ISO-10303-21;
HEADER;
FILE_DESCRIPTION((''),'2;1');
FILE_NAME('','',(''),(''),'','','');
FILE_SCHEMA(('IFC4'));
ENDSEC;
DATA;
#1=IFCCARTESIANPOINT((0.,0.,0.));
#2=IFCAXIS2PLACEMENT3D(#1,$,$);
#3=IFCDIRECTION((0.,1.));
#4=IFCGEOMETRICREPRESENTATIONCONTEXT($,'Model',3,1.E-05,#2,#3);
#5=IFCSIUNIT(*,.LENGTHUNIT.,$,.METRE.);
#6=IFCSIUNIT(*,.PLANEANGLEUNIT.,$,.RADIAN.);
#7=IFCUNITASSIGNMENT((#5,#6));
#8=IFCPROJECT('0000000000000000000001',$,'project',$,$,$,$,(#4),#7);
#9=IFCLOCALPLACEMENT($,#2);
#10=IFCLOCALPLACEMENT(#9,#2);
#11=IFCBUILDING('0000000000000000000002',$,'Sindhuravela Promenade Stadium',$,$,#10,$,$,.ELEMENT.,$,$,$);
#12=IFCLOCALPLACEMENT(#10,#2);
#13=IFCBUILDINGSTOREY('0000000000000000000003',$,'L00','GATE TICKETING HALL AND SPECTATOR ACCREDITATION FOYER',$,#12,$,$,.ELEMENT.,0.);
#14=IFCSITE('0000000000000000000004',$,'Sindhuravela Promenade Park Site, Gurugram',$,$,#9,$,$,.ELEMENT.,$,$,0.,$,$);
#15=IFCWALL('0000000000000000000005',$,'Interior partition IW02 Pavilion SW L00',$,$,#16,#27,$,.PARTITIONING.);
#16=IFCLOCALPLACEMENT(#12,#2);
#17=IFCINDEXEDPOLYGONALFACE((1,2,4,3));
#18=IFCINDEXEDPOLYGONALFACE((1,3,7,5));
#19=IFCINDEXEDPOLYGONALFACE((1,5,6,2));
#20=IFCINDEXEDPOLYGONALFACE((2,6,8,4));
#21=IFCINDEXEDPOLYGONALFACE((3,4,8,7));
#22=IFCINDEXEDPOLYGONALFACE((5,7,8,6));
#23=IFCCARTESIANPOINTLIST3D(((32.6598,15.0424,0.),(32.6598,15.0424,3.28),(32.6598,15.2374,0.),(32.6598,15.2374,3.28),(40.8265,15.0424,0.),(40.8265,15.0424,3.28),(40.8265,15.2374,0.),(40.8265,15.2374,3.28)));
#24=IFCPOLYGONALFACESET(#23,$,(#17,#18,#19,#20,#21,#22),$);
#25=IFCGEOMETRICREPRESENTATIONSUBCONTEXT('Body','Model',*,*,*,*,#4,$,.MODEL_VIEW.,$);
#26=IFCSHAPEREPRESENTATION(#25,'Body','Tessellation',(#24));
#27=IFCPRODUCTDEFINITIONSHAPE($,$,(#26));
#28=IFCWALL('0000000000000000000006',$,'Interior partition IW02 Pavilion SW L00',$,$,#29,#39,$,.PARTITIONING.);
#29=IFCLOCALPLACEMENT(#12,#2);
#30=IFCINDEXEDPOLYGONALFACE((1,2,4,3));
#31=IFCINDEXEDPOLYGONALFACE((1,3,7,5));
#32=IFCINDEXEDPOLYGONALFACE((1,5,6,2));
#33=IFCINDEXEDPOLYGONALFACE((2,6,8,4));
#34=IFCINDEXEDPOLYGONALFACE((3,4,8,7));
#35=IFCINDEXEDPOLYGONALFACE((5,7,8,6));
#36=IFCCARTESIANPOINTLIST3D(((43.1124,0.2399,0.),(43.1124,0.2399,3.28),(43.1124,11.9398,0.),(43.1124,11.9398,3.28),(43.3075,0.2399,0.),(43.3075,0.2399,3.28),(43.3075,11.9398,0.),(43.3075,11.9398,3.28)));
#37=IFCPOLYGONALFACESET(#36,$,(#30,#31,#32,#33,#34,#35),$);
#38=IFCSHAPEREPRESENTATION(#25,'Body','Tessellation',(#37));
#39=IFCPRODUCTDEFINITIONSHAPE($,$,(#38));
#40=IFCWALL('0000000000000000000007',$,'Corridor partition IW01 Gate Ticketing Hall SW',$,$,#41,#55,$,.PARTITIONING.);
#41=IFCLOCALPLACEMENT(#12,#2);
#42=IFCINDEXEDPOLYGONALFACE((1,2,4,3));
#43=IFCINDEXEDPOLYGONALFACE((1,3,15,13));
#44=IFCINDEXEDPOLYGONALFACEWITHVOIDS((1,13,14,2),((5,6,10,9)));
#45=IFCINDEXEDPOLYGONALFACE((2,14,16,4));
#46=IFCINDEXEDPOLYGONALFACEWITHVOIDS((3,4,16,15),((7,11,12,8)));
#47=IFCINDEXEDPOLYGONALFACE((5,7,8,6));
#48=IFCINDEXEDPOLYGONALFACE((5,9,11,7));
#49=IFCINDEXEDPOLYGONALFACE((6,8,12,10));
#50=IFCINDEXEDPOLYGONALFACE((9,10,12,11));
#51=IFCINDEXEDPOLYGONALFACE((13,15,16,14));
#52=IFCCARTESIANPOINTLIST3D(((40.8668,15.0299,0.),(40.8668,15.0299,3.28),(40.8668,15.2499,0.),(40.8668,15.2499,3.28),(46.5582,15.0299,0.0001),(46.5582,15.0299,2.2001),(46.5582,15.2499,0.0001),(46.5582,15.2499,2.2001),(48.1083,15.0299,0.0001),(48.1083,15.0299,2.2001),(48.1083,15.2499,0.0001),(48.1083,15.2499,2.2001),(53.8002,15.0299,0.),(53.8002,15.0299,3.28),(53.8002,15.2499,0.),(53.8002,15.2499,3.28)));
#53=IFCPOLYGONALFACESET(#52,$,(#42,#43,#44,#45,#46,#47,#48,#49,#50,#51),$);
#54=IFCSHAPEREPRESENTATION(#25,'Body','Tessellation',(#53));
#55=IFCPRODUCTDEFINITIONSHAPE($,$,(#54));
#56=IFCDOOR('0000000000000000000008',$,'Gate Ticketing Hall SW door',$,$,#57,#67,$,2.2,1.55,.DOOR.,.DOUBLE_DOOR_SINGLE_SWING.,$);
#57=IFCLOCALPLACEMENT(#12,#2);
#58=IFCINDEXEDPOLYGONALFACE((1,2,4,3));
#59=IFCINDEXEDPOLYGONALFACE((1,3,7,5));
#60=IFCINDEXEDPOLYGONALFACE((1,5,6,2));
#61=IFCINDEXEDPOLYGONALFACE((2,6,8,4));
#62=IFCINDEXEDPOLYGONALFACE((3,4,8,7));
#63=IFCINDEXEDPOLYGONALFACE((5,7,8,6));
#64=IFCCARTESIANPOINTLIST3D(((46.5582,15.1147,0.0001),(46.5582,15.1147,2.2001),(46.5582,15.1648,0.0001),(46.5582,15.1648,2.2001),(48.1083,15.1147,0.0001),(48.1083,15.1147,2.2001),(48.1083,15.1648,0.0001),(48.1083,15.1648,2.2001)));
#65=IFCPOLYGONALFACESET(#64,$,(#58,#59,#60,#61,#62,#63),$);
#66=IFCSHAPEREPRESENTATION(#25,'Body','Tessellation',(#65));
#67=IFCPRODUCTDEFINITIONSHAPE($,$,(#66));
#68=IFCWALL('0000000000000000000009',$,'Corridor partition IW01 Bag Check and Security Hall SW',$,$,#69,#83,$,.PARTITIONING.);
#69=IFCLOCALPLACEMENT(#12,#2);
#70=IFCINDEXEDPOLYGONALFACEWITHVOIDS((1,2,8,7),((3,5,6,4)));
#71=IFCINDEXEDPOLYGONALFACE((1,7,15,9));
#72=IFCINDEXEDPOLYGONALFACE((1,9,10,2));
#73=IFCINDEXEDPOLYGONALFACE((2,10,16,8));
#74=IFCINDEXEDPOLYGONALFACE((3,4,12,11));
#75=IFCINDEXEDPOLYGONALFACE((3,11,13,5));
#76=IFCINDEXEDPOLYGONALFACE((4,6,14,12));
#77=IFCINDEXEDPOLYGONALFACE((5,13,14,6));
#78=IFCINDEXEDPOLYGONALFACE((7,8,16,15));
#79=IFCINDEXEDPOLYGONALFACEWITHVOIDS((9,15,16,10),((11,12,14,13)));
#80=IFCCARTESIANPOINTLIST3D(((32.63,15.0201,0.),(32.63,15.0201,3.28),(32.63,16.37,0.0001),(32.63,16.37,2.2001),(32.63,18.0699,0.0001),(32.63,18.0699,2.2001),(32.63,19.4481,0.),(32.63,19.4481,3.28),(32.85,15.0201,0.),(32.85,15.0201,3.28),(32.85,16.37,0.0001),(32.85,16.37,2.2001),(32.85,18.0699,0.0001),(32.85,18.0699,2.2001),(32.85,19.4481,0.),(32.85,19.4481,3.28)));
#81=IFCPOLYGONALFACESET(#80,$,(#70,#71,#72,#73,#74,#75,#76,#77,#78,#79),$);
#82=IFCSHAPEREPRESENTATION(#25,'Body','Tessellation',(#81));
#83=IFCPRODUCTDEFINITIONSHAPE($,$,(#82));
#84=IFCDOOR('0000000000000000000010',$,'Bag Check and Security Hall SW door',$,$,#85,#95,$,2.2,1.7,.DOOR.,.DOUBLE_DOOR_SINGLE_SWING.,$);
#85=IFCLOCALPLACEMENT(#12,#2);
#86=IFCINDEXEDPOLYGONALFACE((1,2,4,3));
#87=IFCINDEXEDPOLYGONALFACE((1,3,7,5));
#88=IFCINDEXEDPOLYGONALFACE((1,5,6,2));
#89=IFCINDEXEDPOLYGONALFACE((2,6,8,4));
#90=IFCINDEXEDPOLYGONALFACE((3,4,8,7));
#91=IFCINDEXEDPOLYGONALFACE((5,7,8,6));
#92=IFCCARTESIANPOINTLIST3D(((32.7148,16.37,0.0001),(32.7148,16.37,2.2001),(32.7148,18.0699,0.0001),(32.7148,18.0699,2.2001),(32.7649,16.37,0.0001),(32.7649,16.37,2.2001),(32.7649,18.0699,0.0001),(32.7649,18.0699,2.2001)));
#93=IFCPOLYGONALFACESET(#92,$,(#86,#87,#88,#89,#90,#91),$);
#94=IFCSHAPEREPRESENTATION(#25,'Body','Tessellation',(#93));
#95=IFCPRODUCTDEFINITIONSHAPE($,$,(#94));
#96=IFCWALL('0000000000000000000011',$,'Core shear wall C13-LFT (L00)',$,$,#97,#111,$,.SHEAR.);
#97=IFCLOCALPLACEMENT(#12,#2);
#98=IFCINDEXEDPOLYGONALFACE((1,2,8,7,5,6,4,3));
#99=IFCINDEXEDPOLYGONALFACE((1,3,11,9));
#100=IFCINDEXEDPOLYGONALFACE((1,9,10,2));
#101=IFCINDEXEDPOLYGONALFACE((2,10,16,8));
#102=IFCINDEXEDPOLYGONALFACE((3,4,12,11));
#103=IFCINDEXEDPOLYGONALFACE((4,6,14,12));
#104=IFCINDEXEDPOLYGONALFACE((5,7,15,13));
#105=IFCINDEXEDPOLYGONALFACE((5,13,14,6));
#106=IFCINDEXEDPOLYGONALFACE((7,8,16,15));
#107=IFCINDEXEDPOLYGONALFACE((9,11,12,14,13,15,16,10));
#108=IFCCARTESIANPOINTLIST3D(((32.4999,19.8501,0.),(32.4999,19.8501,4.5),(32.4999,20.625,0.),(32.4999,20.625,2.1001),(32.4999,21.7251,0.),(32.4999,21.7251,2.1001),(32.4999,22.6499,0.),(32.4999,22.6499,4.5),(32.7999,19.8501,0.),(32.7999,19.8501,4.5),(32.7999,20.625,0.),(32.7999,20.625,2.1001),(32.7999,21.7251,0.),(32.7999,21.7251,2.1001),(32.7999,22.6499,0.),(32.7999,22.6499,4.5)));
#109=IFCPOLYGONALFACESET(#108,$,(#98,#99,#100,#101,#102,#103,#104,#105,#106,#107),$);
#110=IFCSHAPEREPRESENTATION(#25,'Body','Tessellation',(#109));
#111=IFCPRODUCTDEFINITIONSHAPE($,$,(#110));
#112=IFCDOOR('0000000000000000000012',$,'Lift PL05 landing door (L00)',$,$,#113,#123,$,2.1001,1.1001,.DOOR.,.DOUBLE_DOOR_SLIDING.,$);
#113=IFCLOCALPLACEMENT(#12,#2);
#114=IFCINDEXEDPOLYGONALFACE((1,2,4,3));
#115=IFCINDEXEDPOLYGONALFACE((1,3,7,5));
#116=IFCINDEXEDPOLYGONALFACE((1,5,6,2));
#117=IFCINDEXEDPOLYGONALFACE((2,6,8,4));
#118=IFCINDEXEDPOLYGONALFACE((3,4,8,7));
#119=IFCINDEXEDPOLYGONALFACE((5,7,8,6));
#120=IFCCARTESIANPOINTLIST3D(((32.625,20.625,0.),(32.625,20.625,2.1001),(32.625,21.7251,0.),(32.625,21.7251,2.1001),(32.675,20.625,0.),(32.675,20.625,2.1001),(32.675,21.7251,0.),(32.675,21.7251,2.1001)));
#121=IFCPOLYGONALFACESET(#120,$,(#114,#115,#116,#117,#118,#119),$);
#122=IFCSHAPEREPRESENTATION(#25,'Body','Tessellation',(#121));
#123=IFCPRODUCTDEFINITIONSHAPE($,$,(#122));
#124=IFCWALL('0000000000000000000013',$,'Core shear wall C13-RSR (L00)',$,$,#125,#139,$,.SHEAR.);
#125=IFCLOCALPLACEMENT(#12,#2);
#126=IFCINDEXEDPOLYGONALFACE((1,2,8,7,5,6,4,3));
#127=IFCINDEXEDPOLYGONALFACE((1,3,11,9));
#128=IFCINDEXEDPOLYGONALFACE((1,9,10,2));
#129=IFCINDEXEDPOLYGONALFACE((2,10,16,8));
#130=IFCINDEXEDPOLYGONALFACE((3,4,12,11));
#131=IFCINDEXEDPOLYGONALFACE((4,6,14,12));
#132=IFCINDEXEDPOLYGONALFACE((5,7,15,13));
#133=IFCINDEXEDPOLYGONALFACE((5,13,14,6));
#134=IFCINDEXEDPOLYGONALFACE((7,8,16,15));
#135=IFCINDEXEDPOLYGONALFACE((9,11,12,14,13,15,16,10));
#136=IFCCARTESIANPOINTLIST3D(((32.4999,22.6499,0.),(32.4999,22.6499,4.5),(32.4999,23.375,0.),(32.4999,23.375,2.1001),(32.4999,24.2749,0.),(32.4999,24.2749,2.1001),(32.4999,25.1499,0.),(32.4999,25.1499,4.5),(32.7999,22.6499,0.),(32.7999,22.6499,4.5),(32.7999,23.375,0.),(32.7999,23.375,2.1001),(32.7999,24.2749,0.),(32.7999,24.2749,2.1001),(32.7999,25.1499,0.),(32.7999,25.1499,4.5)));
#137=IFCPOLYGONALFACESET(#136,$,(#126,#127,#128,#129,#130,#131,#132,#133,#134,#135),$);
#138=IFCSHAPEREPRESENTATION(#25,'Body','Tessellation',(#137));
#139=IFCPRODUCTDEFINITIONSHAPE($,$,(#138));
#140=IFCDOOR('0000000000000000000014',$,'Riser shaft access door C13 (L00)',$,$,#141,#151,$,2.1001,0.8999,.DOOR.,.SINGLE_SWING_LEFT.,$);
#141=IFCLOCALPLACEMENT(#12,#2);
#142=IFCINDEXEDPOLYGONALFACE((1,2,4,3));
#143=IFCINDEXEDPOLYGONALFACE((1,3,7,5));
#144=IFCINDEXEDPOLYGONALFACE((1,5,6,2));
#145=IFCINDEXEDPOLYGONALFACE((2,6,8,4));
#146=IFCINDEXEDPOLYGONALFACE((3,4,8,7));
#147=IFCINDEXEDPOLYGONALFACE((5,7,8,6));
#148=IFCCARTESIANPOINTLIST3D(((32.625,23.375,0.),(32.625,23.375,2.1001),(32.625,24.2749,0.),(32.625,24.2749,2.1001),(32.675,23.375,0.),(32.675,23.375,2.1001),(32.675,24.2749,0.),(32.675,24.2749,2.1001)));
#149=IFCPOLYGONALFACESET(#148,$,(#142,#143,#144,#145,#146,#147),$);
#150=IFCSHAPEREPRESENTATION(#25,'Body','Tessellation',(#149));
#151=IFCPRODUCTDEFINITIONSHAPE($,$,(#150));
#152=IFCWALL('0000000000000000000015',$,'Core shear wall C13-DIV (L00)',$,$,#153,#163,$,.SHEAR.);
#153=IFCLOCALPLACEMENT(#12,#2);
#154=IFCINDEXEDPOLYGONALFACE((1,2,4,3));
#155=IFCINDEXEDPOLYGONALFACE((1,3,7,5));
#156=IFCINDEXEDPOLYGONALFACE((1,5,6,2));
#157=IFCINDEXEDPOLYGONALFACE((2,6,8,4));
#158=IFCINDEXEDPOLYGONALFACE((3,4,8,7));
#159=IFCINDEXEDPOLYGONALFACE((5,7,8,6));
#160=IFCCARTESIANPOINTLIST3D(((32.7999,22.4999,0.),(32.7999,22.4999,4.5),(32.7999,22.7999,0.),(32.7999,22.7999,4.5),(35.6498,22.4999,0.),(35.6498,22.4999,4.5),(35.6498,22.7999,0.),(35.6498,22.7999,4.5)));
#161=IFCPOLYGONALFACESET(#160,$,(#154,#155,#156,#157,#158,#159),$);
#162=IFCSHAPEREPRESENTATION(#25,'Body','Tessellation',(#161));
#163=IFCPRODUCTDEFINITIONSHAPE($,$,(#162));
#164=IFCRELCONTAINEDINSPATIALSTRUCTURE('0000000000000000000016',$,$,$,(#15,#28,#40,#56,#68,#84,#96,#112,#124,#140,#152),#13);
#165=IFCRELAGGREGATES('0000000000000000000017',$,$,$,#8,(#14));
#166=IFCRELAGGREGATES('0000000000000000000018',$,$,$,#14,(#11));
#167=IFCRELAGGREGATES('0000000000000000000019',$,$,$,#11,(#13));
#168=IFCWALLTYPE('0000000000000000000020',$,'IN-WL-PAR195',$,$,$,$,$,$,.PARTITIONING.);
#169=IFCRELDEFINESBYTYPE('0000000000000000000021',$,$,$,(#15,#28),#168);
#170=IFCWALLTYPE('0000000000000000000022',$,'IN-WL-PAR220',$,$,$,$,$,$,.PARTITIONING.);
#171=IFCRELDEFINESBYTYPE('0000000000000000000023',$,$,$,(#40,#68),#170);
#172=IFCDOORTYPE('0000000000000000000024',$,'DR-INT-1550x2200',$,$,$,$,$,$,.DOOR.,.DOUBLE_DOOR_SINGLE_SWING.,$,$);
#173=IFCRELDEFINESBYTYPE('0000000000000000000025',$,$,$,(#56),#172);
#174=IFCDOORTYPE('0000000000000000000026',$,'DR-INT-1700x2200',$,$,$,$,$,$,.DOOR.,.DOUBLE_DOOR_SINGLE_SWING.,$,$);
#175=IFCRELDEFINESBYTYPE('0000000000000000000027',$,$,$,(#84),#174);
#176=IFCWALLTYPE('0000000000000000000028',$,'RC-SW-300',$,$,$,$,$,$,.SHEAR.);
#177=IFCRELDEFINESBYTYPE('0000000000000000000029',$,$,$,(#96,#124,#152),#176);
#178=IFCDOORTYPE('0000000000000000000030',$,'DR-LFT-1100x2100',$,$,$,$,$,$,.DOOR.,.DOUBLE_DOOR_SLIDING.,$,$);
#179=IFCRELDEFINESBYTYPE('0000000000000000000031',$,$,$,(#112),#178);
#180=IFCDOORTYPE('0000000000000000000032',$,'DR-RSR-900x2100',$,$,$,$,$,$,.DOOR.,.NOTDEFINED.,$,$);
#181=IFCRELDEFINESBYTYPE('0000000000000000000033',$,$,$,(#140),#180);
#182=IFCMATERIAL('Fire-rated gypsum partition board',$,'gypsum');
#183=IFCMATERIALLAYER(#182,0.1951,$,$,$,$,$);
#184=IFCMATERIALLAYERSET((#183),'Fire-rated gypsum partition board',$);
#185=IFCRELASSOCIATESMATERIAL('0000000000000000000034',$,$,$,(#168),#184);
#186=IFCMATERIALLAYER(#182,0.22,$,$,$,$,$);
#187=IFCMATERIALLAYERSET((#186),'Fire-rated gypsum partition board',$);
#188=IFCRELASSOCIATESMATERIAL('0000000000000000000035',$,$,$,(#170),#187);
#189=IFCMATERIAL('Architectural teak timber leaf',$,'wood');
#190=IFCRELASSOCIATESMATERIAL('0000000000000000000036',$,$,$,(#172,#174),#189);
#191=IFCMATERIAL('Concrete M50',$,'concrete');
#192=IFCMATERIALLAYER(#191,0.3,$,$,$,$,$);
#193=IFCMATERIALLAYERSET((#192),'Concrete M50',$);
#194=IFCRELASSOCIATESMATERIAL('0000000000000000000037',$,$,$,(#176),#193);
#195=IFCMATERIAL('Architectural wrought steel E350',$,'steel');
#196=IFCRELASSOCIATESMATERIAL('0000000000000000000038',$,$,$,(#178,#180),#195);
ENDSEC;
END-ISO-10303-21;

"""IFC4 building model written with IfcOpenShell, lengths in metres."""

from ifc_helpers import new_model, si_unit, direction, frame, frame_2d, origin, place, context, subcontext, project, spatial, rectangle, extrude, material, layer, layer_set, type_object, element, fill, save


model = new_model("IFC4")

# Units and contexts
model_context = context("Model", 3, precision=1e-05, world=origin(), true_north=direction((0.0, 1.0)))
body_context = subcontext(model_context, "Body", "Model", "MODEL_VIEW")
ifc_project = project(units=[si_unit("LENGTHUNIT", "METRE"), si_unit("PLANEANGLEUNIT", "RADIAN")], contexts=[model_context])

# Site, building, storey
site_placement = place(None, origin())
site = spatial("IfcSite", under=ifc_project, at=site_placement, Name="Sindhuravela Promenade Park Site, Gurugram", CompositionType="ELEMENT", RefElevation=0.0)
building_placement = place(site_placement, origin())
building = spatial("IfcBuilding", under=site, at=building_placement, Name="Sindhuravela Promenade Stadium", CompositionType="ELEMENT")
storey_placement = place(building_placement, origin())
storey = spatial("IfcBuildingStorey", under=building, at=storey_placement, Name="L00", Description="GATE TICKETING HALL AND SPECTATOR ACCREDITATION FOYER", CompositionType="ELEMENT", Elevation=0.0)

# Shared definitions
ifc_material_1 = material(Name="Concrete M50", Category="concrete")

# Shared definitions
ifc_material_2 = material(Name="Fire-rated gypsum partition board", Category="gypsum")
ifc_material_3 = material(Name="Architectural teak timber leaf", Category="wood")

# Walls
ifc_layer_1 = layer(ifc_material_2, 0.1951)
ifc_layer_set_1 = layer_set([ifc_layer_1], Name="Fire-rated gypsum partition board")
wall_type_1 = type_object("IfcWallType", Name="IN-WL-PAR195", PredefinedType="PARTITIONING", material=ifc_layer_set_1)
wall_1_placement = place(storey_placement, frame((40.8267, 15.1399, 0.0), z_axis=(0.0, 0.0, 1.0), x_axis=(-1.0, 0.0, 0.0)))
element("IfcWall", 1, at=wall_1_placement, inside=storey, type_object=wall_type_1, Name="Interior partition IW02 Pavilion SW L00", PredefinedType="PARTITIONING", context=body_context, shape_type="SweptSolid", body=[
    extrude(rectangle(XDim=8.1667, YDim=0.1951, at=frame_2d((4.0835, 0.0))), origin(), (0.0, 0.0, 1.0), 3.28),
])
wall_2_placement = place(storey_placement, frame((43.21, 11.9399, 0.0), z_axis=(0.0, 0.0, 1.0), x_axis=(0.0, -1.0, 0.0)))
element("IfcWall", 2, at=wall_2_placement, inside=storey, type_object=wall_type_1, Name="Interior partition IW02 Pavilion SW L00", PredefinedType="PARTITIONING", context=body_context, shape_type="SweptSolid", body=[
    extrude(rectangle(XDim=11.7, YDim=0.1951, at=frame_2d((5.8501, 0.0))), origin(), (0.0, 0.0, 1.0), 3.28),
])

# Walls, openings, doors
ifc_layer_2 = layer(ifc_material_2, 0.22)
ifc_layer_set_2 = layer_set([ifc_layer_2], Name="Fire-rated gypsum partition board")
wall_type_2 = type_object("IfcWallType", Name="IN-WL-PAR220", PredefinedType="PARTITIONING", material=ifc_layer_set_2)
wall_3_placement = place(storey_placement, frame((40.8667, 15.1399, 0.0), z_axis=(0.0, 0.0, 1.0), x_axis=(1.0, 0.0, 0.0)))
wall_3 = element("IfcWall", 3, at=wall_3_placement, inside=storey, type_object=wall_type_2, Name="Corridor partition IW01 Gate Ticketing Hall SW", PredefinedType="PARTITIONING", context=body_context, shape_type="SweptSolid", body=[
    extrude(rectangle(XDim=12.9333, YDim=0.22, at=frame_2d((6.4668, 0.0))), origin(), (0.0, 0.0, 1.0), 3.28),
])
opening_1_placement = place(wall_3_placement, frame((5.6917, 0.0, 0.0)))
opening_1 = element("IfcOpeningElement", 4, at=opening_1_placement, cuts=wall_3, PredefinedType="OPENING", context=body_context, shape_type="SweptSolid", body=[
    extrude(rectangle(XDim=1.55, YDim=2.2, at=frame_2d((0.7749, 1.1001))), frame((0.0, 0.1199, 0.0), z_axis=(0.0, -1.0, 0.0), x_axis=(1.0, 0.0, 0.0)), (0.0, 0.0, 1.0), 0.24),
])
door_type_1 = type_object("IfcDoorType", Name="DR-INT-1550x2200", OperationType="DOUBLE_DOOR_SINGLE_SWING", PredefinedType="DOOR", material=ifc_material_3)
door_1_placement = place(opening_1_placement, origin())
door_1 = element("IfcDoor", 5, at=door_1_placement, inside=storey, type_object=door_type_1, Name="Gate Ticketing Hall SW door", OperationType="DOUBLE_DOOR_SINGLE_SWING", OverallHeight=2.2, OverallWidth=1.55, PredefinedType="DOOR", context=body_context, shape_type="SweptSolid", body=[
    extrude(rectangle(XDim=1.55, YDim=2.2, at=frame_2d((0.7749, 1.1001))), frame((0.0, 0.0249, 0.0), z_axis=(0.0, -1.0, 0.0), x_axis=(1.0, 0.0, 0.0)), (0.0, 0.0, 1.0), 0.05),
])
fill(opening_1, door_1)
wall_4_placement = place(storey_placement, frame((32.74, 19.448, 0.0), z_axis=(0.0, 0.0, 1.0), x_axis=(0.0, -1.0, 0.0)))
wall_4 = element("IfcWall", 6, at=wall_4_placement, inside=storey, type_object=wall_type_2, Name="Corridor partition IW01 Bag Check and Security Hall SW", PredefinedType="PARTITIONING", context=body_context, shape_type="SweptSolid", body=[
    extrude(rectangle(XDim=4.428, YDim=0.22, at=frame_2d((2.2139, 0.0))), origin(), (0.0, 0.0, 1.0), 3.28),
])
opening_2_placement = place(wall_4_placement, frame((1.3779, 0.0, 0.0)))
opening_2 = element("IfcOpeningElement", 7, at=opening_2_placement, cuts=wall_4, PredefinedType="OPENING", context=body_context, shape_type="SweptSolid", body=[
    extrude(rectangle(XDim=1.7, YDim=2.2, at=frame_2d((0.8501, 1.1001))), frame((0.0, 0.1199, 0.0), z_axis=(0.0, -1.0, 0.0), x_axis=(1.0, 0.0, 0.0)), (0.0, 0.0, 1.0), 0.24),
])
door_type_2 = type_object("IfcDoorType", Name="DR-INT-1700x2200", OperationType="DOUBLE_DOOR_SINGLE_SWING", PredefinedType="DOOR", material=ifc_material_3)
door_2_placement = place(opening_2_placement, origin())
door_2 = element("IfcDoor", 8, at=door_2_placement, inside=storey, type_object=door_type_2, Name="Bag Check and Security Hall SW door", OperationType="DOUBLE_DOOR_SINGLE_SWING", OverallHeight=2.2, OverallWidth=1.7, PredefinedType="DOOR", context=body_context, shape_type="SweptSolid", body=[
    extrude(rectangle(XDim=1.7, YDim=2.2, at=frame_2d((0.8501, 1.1001))), frame((0.0, 0.0249, 0.0), z_axis=(0.0, -1.0, 0.0), x_axis=(1.0, 0.0, 0.0)), (0.0, 0.0, 1.0), 0.05),
])
fill(opening_2, door_2)
ifc_layer_3 = layer(ifc_material_1, 0.3)
ifc_layer_set_3 = layer_set([ifc_layer_3], Name="Concrete M50")
wall_type_3 = type_object("IfcWallType", Name="RC-SW-300", PredefinedType="SHEAR", material=ifc_layer_set_3)
wall_5_placement = place(storey_placement, frame((32.6499, 19.8501, 0.0), z_axis=(0.0, 0.0, 1.0), x_axis=(0.0, 1.0, 0.0)))
wall_5 = element("IfcWall", 9, at=wall_5_placement, inside=storey, type_object=wall_type_3, Name="Core shear wall C13-LFT (L00)", PredefinedType="SHEAR", context=body_context, shape_type="SweptSolid", body=[
    extrude(rectangle(XDim=2.7998, YDim=0.3, at=frame_2d((1.3999, 0.0))), origin(), (0.0, 0.0, 1.0), 4.5),
])
opening_3_placement = place(wall_5_placement, frame((0.7749, 0.0, 0.0)))
opening_3 = element("IfcOpeningElement", 10, at=opening_3_placement, cuts=wall_5, PredefinedType="OPENING", context=body_context, shape_type="SweptSolid", body=[
    extrude(rectangle(XDim=1.1001, YDim=2.1001, at=frame_2d((0.55, 1.05))), frame((0.0, 0.1599, 0.0), z_axis=(0.0, -1.0, 0.0), x_axis=(1.0, 0.0, 0.0)), (0.0, 0.0, 1.0), 0.3201),
])
ifc_material_4 = material(Name="Architectural wrought steel E350", Category="steel")
door_type_3 = type_object("IfcDoorType", Name="DR-LFT-1100x2100", OperationType="DOUBLE_DOOR_SLIDING", PredefinedType="DOOR", material=ifc_material_4)
door_3_placement = place(opening_3_placement, origin())
door_3 = element("IfcDoor", 11, at=door_3_placement, inside=storey, type_object=door_type_3, Name="Lift PL05 landing door (L00)", OperationType="DOUBLE_DOOR_SLIDING", OverallHeight=2.1001, OverallWidth=1.1001, PredefinedType="DOOR", context=body_context, shape_type="SweptSolid", body=[
    extrude(rectangle(XDim=1.1001, YDim=2.1001, at=frame_2d((0.55, 1.05))), frame((0.0, 0.0249, 0.0), z_axis=(0.0, -1.0, 0.0), x_axis=(1.0, 0.0, 0.0)), (0.0, 0.0, 1.0), 0.05),
])
fill(opening_3, door_3)
wall_6_placement = place(storey_placement, frame((32.6499, 22.6499, 0.0), z_axis=(0.0, 0.0, 1.0), x_axis=(0.0, 1.0, 0.0)))
wall_6 = element("IfcWall", 12, at=wall_6_placement, inside=storey, type_object=wall_type_3, Name="Core shear wall C13-RSR (L00)", PredefinedType="SHEAR", context=body_context, shape_type="SweptSolid", body=[
    extrude(rectangle(XDim=2.5, YDim=0.3, at=frame_2d((1.25, 0.0))), origin(), (0.0, 0.0, 1.0), 4.5),
])
opening_4_placement = place(wall_6_placement, frame((0.7251, 0.0, 0.0)))
opening_4 = element("IfcOpeningElement", 13, at=opening_4_placement, cuts=wall_6, PredefinedType="OPENING", context=body_context, shape_type="SweptSolid", body=[
    extrude(rectangle(XDim=0.8999, YDim=2.1001, at=frame_2d((0.45, 1.05))), frame((0.0, 0.1599, 0.0), z_axis=(0.0, -1.0, 0.0), x_axis=(1.0, 0.0, 0.0)), (0.0, 0.0, 1.0), 0.3201),
])
door_type_4 = type_object("IfcDoorType", Name="DR-RSR-900x2100", OperationType="NOTDEFINED", PredefinedType="DOOR", material=ifc_material_4)
door_4_placement = place(opening_4_placement, origin())
door_4 = element("IfcDoor", 14, at=door_4_placement, inside=storey, type_object=door_type_4, Name="Riser shaft access door C13 (L00)", OperationType="SINGLE_SWING_LEFT", OverallHeight=2.1001, OverallWidth=0.8999, PredefinedType="DOOR", context=body_context, shape_type="SweptSolid", body=[
    extrude(rectangle(XDim=0.8999, YDim=2.1001, at=frame_2d((0.45, 1.05))), frame((0.0, 0.0249, 0.0), z_axis=(0.0, -1.0, 0.0), x_axis=(1.0, 0.0, 0.0)), (0.0, 0.0, 1.0), 0.05),
])
fill(opening_4, door_4)

# Wall
wall_7_placement = place(storey_placement, frame((32.8, 22.6499, 0.0), z_axis=(0.0, 0.0, 1.0), x_axis=(1.0, 0.0, 0.0)))
element("IfcWall", 15, at=wall_7_placement, inside=storey, type_object=wall_type_3, Name="Core shear wall C13-DIV (L00)", PredefinedType="SHEAR", context=body_context, shape_type="SweptSolid", body=[
    extrude(rectangle(XDim=2.8499, YDim=0.3, at=frame_2d((1.4248, 0.0))), origin(), (0.0, 0.0, 1.0), 4.5),
])

save(model, "model.ifc")
